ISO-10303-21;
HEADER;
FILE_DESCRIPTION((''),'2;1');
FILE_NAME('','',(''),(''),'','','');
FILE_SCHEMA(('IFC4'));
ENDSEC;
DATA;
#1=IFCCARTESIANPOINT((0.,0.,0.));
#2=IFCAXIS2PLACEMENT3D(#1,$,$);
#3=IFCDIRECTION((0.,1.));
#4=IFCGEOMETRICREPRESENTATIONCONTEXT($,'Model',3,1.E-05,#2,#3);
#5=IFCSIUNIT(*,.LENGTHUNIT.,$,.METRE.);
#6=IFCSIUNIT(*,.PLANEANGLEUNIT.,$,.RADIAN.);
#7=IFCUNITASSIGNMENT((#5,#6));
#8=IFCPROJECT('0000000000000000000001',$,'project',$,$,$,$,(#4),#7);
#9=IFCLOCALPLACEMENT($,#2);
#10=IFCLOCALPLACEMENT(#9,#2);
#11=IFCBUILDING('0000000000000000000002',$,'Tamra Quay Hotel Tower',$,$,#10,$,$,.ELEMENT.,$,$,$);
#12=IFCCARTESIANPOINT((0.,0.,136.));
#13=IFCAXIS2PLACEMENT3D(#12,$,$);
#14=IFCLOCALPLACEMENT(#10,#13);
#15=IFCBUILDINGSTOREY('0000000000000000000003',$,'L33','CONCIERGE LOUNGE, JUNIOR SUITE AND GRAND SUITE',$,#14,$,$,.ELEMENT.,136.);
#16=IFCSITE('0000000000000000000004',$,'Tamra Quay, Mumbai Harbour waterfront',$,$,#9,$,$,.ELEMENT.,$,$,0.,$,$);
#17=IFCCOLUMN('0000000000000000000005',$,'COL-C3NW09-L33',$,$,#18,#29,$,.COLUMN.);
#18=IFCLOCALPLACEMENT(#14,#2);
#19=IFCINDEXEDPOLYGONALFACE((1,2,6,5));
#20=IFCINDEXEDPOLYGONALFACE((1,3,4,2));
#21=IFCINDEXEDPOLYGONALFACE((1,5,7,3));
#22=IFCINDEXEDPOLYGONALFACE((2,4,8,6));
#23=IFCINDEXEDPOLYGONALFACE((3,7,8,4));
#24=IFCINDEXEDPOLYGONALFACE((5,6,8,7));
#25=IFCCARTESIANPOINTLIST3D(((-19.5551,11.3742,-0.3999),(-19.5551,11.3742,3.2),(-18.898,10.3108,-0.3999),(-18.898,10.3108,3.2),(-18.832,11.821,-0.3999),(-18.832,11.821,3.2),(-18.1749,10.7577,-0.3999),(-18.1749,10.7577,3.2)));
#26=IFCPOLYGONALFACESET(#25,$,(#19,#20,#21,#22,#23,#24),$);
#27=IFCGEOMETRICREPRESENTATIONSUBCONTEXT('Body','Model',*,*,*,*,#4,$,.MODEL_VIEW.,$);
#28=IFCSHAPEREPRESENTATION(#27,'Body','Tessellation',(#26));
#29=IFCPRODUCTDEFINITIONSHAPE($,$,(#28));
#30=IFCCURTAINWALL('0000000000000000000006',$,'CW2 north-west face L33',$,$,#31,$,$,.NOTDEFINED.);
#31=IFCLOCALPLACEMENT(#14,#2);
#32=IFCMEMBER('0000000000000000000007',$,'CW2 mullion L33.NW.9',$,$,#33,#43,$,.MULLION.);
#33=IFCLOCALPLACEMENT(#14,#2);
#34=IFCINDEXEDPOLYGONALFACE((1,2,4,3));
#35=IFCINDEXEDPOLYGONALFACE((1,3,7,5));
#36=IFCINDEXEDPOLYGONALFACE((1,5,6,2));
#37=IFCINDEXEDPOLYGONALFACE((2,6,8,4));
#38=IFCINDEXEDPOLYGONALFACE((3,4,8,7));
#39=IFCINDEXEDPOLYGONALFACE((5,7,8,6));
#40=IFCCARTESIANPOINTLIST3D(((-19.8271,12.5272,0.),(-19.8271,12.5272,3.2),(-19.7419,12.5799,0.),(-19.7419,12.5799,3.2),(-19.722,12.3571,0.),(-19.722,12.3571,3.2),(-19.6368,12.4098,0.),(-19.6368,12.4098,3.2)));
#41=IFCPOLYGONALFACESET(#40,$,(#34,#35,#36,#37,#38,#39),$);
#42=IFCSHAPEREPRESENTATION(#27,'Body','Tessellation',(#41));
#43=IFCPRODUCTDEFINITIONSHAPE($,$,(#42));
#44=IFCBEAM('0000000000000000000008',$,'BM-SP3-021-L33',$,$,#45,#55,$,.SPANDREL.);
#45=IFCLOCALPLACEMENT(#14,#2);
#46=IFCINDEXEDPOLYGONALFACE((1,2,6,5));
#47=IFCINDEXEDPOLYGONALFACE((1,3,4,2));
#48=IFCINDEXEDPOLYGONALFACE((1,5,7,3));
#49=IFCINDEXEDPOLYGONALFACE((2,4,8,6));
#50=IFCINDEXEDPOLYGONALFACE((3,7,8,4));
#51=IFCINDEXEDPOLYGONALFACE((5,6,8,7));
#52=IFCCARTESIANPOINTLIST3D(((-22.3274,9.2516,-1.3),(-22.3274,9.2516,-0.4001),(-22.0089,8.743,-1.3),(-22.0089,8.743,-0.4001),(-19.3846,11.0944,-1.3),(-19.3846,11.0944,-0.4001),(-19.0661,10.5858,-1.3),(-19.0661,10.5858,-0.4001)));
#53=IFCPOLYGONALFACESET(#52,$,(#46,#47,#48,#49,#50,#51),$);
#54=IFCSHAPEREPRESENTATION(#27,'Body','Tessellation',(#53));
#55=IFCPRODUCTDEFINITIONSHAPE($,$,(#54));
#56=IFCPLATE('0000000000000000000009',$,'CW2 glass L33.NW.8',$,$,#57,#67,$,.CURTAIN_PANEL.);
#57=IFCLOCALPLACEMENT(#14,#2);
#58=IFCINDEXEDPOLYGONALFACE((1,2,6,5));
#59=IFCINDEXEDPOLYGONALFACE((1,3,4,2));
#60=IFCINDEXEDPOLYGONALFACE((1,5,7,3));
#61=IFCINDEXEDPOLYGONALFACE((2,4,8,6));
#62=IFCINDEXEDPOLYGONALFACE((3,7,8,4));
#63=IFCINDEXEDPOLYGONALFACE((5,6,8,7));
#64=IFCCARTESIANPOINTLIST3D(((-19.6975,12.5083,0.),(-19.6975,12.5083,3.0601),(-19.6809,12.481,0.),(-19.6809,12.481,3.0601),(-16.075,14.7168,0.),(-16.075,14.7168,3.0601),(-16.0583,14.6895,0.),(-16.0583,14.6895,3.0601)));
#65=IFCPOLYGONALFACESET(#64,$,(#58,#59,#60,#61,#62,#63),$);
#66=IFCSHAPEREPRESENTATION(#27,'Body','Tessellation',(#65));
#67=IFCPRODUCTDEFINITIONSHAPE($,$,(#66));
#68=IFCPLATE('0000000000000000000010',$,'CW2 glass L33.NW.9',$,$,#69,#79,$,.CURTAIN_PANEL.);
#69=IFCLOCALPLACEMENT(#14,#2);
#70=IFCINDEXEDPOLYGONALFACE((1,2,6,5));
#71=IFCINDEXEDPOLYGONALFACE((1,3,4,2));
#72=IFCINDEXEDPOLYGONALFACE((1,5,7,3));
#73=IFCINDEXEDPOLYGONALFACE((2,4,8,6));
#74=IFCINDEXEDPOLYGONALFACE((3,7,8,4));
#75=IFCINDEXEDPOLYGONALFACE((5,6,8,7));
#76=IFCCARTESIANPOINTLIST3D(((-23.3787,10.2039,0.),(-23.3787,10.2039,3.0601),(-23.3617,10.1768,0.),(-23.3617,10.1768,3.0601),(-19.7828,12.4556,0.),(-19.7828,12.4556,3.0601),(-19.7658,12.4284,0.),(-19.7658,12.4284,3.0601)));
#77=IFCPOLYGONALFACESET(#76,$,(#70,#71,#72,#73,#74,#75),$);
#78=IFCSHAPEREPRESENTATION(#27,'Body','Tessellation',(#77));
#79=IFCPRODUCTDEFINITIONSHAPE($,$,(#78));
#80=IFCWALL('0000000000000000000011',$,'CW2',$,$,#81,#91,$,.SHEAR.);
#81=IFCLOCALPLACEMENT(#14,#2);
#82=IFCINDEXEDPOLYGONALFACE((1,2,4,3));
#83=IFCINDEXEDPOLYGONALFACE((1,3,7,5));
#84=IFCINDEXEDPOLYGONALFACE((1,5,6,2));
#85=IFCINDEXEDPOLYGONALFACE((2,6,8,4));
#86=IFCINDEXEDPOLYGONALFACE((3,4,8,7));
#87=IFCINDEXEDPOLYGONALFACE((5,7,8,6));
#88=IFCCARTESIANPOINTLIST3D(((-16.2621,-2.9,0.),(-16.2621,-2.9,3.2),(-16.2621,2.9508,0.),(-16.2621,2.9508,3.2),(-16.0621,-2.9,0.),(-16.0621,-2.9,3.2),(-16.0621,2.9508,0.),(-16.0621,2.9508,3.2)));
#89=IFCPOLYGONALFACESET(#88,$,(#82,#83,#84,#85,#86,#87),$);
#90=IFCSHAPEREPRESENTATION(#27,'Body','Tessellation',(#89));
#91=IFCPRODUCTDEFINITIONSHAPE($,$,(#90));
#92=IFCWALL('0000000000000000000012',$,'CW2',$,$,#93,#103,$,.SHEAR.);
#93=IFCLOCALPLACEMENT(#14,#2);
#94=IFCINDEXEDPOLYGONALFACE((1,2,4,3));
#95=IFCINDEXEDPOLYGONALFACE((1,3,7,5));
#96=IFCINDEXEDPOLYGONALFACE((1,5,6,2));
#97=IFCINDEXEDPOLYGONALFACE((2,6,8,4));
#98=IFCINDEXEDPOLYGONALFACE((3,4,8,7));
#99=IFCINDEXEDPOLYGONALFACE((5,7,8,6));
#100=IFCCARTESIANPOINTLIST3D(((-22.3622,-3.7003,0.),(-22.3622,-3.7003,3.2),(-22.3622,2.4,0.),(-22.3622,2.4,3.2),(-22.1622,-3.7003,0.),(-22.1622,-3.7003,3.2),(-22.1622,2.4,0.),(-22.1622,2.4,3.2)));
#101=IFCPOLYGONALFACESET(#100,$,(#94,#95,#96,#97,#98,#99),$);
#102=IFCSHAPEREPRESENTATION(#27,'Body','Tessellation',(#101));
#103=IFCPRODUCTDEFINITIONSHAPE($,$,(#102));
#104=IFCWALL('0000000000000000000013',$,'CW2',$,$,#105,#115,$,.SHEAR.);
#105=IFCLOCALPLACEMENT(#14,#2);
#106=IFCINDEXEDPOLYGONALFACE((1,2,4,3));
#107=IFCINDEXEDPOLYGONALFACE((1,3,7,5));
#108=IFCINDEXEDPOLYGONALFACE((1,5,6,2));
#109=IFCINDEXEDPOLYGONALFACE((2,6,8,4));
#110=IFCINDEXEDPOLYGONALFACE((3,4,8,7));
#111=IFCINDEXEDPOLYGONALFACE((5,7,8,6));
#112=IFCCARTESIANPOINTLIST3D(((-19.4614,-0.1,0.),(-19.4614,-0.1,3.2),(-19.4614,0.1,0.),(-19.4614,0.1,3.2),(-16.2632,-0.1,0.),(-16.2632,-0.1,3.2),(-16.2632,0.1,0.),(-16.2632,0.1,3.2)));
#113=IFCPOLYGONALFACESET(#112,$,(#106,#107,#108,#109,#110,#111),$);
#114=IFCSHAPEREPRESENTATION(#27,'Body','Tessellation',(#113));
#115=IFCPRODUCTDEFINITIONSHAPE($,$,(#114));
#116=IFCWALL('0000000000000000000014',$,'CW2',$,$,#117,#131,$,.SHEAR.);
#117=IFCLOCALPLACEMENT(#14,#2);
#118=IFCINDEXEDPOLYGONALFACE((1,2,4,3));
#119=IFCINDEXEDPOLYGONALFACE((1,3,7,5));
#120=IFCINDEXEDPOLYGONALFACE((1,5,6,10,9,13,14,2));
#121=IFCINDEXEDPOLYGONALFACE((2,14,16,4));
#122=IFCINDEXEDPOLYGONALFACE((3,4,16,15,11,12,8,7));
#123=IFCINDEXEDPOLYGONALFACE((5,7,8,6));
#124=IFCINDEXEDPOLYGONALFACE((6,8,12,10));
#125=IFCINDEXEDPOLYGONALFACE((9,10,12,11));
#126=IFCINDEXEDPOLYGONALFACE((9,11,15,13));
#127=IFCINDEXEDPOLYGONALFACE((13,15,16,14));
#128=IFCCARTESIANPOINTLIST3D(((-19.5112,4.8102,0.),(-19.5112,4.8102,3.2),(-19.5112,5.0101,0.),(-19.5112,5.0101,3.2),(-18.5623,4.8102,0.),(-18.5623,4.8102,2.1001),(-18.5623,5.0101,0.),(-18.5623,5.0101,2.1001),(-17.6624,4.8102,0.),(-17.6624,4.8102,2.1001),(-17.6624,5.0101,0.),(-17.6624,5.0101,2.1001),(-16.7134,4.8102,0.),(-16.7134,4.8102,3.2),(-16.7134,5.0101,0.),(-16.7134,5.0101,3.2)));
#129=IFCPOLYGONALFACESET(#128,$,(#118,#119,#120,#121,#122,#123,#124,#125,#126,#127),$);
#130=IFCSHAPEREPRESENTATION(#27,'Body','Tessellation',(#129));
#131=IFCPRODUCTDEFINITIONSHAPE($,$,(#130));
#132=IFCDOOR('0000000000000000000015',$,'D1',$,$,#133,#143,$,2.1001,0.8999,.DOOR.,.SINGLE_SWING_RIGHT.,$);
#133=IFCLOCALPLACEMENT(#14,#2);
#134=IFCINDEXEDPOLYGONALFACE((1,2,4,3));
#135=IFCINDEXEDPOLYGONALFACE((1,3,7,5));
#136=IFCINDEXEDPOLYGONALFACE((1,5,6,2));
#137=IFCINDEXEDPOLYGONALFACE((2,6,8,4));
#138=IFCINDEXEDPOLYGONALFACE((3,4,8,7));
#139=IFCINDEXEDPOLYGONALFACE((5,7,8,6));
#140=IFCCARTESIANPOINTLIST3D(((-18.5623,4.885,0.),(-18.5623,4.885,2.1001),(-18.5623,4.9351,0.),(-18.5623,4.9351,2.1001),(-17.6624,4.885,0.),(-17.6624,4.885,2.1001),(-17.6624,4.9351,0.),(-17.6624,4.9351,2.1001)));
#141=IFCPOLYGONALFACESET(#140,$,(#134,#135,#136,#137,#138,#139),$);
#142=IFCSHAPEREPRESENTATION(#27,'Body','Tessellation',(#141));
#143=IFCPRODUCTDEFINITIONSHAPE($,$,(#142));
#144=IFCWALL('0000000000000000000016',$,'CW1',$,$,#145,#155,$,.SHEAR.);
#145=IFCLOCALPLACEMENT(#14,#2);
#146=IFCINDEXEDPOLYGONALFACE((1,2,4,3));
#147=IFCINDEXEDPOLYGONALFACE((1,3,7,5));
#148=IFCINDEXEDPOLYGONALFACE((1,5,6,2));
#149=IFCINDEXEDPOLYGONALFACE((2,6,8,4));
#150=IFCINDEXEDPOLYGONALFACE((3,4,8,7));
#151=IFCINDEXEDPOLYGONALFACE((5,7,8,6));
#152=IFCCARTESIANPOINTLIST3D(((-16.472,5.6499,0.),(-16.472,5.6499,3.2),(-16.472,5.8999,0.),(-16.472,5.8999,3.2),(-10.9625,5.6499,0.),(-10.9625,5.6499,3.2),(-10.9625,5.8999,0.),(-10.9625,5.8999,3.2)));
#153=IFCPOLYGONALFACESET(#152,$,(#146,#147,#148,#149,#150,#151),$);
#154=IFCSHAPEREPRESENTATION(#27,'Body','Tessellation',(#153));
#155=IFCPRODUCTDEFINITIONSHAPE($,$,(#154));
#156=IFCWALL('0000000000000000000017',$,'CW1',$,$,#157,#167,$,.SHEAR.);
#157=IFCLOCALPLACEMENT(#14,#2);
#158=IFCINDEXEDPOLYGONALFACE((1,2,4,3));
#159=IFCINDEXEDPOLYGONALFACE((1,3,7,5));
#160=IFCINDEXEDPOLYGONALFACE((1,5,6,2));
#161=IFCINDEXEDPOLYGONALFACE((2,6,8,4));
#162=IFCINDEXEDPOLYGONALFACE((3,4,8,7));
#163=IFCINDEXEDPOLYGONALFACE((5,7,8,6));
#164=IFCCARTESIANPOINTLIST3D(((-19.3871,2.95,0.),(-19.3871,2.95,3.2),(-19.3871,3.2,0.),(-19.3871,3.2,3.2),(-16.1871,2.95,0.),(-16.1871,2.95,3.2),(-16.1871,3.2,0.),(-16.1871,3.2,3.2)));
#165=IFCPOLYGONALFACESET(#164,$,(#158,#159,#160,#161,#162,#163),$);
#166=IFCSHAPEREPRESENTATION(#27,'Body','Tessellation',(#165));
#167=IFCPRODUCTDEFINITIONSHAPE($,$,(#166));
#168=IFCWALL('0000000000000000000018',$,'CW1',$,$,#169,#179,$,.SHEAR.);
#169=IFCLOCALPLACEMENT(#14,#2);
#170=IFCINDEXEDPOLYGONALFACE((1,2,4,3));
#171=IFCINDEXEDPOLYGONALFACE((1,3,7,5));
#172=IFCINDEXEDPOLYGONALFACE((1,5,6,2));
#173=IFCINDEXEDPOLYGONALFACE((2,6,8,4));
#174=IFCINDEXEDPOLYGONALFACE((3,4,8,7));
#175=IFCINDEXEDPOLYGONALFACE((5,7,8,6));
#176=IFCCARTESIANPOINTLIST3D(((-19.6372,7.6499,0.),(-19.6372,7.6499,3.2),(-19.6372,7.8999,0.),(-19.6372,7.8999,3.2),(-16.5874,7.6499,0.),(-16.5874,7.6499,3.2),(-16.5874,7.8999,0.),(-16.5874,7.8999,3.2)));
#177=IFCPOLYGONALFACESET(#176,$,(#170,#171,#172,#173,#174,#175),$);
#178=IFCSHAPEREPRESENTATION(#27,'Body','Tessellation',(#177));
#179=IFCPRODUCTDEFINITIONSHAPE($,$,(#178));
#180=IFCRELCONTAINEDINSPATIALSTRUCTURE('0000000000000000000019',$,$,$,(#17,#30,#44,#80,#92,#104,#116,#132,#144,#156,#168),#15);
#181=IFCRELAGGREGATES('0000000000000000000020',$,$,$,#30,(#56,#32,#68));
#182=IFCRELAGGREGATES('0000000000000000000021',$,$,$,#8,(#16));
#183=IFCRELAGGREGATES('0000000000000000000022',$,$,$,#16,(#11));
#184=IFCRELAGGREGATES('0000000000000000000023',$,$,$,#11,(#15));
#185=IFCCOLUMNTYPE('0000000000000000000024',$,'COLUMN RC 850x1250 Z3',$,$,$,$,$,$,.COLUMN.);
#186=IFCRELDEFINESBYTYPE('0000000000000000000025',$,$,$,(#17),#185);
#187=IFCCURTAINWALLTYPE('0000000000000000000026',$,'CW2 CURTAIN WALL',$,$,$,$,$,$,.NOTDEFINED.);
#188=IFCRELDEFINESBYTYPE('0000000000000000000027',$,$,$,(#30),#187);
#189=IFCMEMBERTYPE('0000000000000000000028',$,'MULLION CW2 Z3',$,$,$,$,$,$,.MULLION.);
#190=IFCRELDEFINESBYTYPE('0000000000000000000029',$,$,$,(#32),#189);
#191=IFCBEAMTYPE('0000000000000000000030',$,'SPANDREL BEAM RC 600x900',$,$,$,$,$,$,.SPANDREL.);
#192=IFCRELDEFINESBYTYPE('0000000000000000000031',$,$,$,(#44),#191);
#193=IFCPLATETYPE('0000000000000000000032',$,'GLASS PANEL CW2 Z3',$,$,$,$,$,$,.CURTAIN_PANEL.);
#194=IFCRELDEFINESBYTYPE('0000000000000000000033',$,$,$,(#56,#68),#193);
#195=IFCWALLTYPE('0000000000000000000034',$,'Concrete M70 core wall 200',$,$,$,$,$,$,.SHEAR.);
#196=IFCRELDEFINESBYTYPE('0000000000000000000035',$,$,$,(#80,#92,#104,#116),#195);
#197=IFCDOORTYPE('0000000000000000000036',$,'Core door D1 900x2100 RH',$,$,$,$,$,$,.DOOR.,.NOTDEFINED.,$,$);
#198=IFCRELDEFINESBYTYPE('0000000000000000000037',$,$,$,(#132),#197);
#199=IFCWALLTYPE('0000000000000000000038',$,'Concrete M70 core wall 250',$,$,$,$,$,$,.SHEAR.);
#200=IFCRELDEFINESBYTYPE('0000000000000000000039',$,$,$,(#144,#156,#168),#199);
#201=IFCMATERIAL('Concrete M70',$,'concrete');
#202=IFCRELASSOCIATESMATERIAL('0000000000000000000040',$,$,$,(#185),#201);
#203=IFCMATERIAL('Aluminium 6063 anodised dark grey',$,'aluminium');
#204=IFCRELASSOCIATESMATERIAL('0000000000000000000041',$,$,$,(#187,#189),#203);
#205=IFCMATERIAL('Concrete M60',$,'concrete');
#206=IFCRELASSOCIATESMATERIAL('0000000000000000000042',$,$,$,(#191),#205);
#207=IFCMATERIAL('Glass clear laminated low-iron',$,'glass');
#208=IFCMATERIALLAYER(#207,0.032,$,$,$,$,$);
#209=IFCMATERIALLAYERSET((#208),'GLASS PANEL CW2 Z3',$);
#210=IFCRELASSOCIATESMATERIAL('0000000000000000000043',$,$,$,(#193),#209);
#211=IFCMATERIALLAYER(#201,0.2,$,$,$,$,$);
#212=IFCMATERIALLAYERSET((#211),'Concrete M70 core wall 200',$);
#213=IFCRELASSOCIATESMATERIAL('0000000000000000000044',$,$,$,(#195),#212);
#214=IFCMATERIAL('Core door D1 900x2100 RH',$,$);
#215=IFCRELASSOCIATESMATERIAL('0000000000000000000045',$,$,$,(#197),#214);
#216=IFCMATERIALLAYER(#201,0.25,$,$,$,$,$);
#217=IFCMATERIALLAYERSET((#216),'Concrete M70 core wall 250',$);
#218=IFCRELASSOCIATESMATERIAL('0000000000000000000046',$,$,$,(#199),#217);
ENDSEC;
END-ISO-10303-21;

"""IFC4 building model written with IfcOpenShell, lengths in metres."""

from ifc_helpers import new_model, si_unit, direction, frame, frame_2d, origin, origin_2d, place, context, subcontext, project, spatial, rectangle, extrude, material, layer, layer_set, material_profile, profile_set, type_object, element, fill, aggregate, save


model = new_model("IFC4")

# Units and contexts
model_context = context("Model", 3, precision=1e-05, world=origin(), true_north=direction((0.0, 1.0)))
body_context = subcontext(model_context, "Body", "Model", "MODEL_VIEW")
ifc_project = project(units=[si_unit("LENGTHUNIT", "METRE"), si_unit("PLANEANGLEUNIT", "RADIAN")], contexts=[model_context])

# Site, building, storey
site_placement = place(None, origin())
site = spatial("IfcSite", under=ifc_project, at=site_placement, Name="Tamra Quay, Mumbai Harbour waterfront", CompositionType="ELEMENT", RefElevation=0.0)
building_placement = place(site_placement, origin())
building = spatial("IfcBuilding", under=site, at=building_placement, Name="Tamra Quay Hotel Tower", CompositionType="ELEMENT")
storey_placement = place(building_placement, frame((0.0, 0.0, 136.0)))
storey = spatial("IfcBuildingStorey", under=building, at=storey_placement, Name="L33", Description="CONCIERGE LOUNGE, JUNIOR SUITE AND GRAND SUITE", CompositionType="ELEMENT", Elevation=136.0)

# Column
ifc_material_1 = material(Name="Concrete M70", Category="concrete")
ifc_material_profile_1 = material_profile(ifc_material_1, rectangle(XDim=1.25, YDim=0.8501, at=origin_2d()), Name="COLUMN RC 850x1250 Z3")
ifc_profile_set_1 = profile_set([ifc_material_profile_1], Name="Concrete M70")
column_type = type_object("IfcColumnType", Name="COLUMN RC 850x1250 Z3", PredefinedType="COLUMN", material=ifc_profile_set_1)
column_placement = place(storey_placement, frame((-18.865, 11.0659, -0.3999), z_axis=(0.0, 0.0, 1.0), x_axis=(-0.525677, 0.850685, 0.0)))
element("IfcColumn", 1, at=column_placement, inside=storey, type_object=column_type, Name="COL-C3NW09-L33", PredefinedType="COLUMN", context=body_context, shape_type="SweptSolid", body=[
    extrude(rectangle(XDim=1.25, YDim=0.8501, at=origin_2d()), origin(), (0.0, 0.0, 1.0), 3.5999),
])

# Curtain wall, member
ifc_material_2 = material(Name="Aluminium 6063 anodised dark grey", Category="aluminium")
curtain_wall_type = type_object("IfcCurtainWallType", Name="CW2 CURTAIN WALL", PredefinedType="NOTDEFINED", material=ifc_material_2)
curtain_wall_placement = place(storey_placement, origin())
curtain_wall = element("IfcCurtainWall", 2, at=curtain_wall_placement, inside=storey, type_object=curtain_wall_type, Name="CW2 north-west face L33", PredefinedType="NOTDEFINED")
ifc_material_profile_2 = material_profile(ifc_material_2, rectangle(XDim=0.2, YDim=0.1001, at=origin_2d()), Name="MULLION 100X200")
ifc_profile_set_2 = profile_set([ifc_material_profile_2], Name="Aluminium 6063 anodised dark grey")
member_type = type_object("IfcMemberType", Name="MULLION CW2 Z3", PredefinedType="MULLION", material=ifc_profile_set_2)
member_placement = place(storey_placement, frame((-19.7319, 12.4685, 0.0), z_axis=(0.0, 0.0, 1.0), x_axis=(-0.525646, 0.850703, 0.0)))
member = element("IfcMember", 3, at=member_placement, type_object=member_type, Name="CW2 mullion L33.NW.9", PredefinedType="MULLION", context=body_context, shape_type="SweptSolid", body=[
    extrude(rectangle(XDim=0.2, YDim=0.1001, at=origin_2d()), origin(), (0.0, 0.0, 1.0), 3.2),
])

# Beam
ifc_material_3 = material(Name="Concrete M60", Category="concrete")
ifc_material_profile_3 = material_profile(ifc_material_3, rectangle(XDim=0.6001, YDim=0.8999, at=origin_2d()), Name="SPANDREL BEAM RC 600x900")
ifc_profile_set_3 = profile_set([ifc_material_profile_3], Name="Concrete M60")
beam_type = type_object("IfcBeamType", Name="SPANDREL BEAM RC 600x900", PredefinedType="SPANDREL", material=ifc_profile_set_3)
beam_placement = place(storey_placement, frame((-19.2253, 10.8401, -0.8501), z_axis=(-0.847548, -0.530719, 0.0), x_axis=(0.530719, -0.847548, 0.0)))
element("IfcBeam", 4, at=beam_placement, inside=storey, type_object=beam_type, Name="BM-SP3-021-L33", PredefinedType="SPANDREL", context=body_context, shape_type="SweptSolid", body=[
    extrude(rectangle(XDim=0.6001, YDim=0.8999, at=origin_2d()), origin(), (0.0, 0.0, 1.0), 3.4722),
])

# Plates
ifc_material_4 = material(Name="Glass clear laminated low-iron", Category="glass")
ifc_layer_1 = layer(ifc_material_4, 0.032)
ifc_layer_set_1 = layer_set([ifc_layer_1], Name="GLASS PANEL CW2 Z3")
plate_type = type_object("IfcPlateType", Name="GLASS PANEL CW2 Z3", PredefinedType="CURTAIN_PANEL", material=ifc_layer_set_1)
plate_1_placement = place(storey_placement, frame((-17.8779, 13.5989, 0.0), z_axis=(0.0, 0.0, 1.0), x_axis=(-0.85383, -0.520552, 0.0)))
plate_1 = element("IfcPlate", 5, at=plate_1_placement, type_object=plate_type, Name="CW2 glass L33.NW.8", PredefinedType="CURTAIN_PANEL", context=body_context, shape_type="SweptSolid", body=[
    extrude(rectangle(XDim=4.2427, YDim=0.032, at=origin_2d()), origin(), (0.0, 0.0, 1.0), 3.0601),
])
plate_2_placement = place(storey_placement, frame((-21.5723, 11.3162, 0.0), z_axis=(0.0, 0.0, 1.0), x_axis=(-0.847546, -0.530721, 0.0)))
plate_2 = element("IfcPlate", 6, at=plate_2_placement, type_object=plate_type, Name="CW2 glass L33.NW.9", PredefinedType="CURTAIN_PANEL", context=body_context, shape_type="SweptSolid", body=[
    extrude(rectangle(XDim=4.2427, YDim=0.032, at=origin_2d()), origin(), (0.0, 0.0, 1.0), 3.0601),
])
aggregate(curtain_wall, [plate_1, member, plate_2])

# Walls
ifc_layer_2 = layer(ifc_material_1, 0.2)
ifc_layer_set_2 = layer_set([ifc_layer_2], Name="Concrete M70 core wall 200")
wall_type_1 = type_object("IfcWallType", Name="Concrete M70 core wall 200", PredefinedType="SHEAR", material=ifc_layer_set_2)
wall_1_placement = place(storey_placement, frame((-16.1621, 2.9507, 0.0), z_axis=(0.0, 0.0, 1.0), x_axis=(0.0, -1.0, 0.0)))
element("IfcWall", 7, at=wall_1_placement, inside=storey, type_object=wall_type_1, Name="CW2", PredefinedType="SHEAR", context=body_context, shape_type="SweptSolid", body=[
    extrude(rectangle(XDim=5.8508, YDim=0.2, at=frame_2d((2.9253, 0.0))), origin(), (0.0, 0.0, 1.0), 3.2),
])
wall_2_placement = place(storey_placement, frame((-22.2622, 2.4001, 0.0), z_axis=(0.0, 0.0, 1.0), x_axis=(0.0, -1.0, 0.0)))
element("IfcWall", 8, at=wall_2_placement, inside=storey, type_object=wall_type_1, Name="CW2", PredefinedType="SHEAR", context=body_context, shape_type="SweptSolid", body=[
    extrude(rectangle(XDim=6.1003, YDim=0.2, at=frame_2d((3.0503, 0.0))), origin(), (0.0, 0.0, 1.0), 3.2),
])
wall_3_placement = place(storey_placement, frame((-16.2632, 0.0, 0.0), z_axis=(0.0, 0.0, 1.0), x_axis=(-1.0, 0.0, 0.0)))
element("IfcWall", 9, at=wall_3_placement, inside=storey, type_object=wall_type_1, Name="CW2", PredefinedType="SHEAR", context=body_context, shape_type="SweptSolid", body=[
    extrude(rectangle(XDim=3.1982, YDim=0.2, at=frame_2d((1.5991, 0.0))), origin(), (0.0, 0.0, 1.0), 3.2),
])

# Wall, opening, door
wall_4_placement = place(storey_placement, frame((-19.5112, 4.9102, 0.0), z_axis=(0.0, 0.0, 1.0), x_axis=(1.0, 0.0, 0.0)))
wall_4 = element("IfcWall", 10, at=wall_4_placement, inside=storey, type_object=wall_type_1, Name="CW2", PredefinedType="SHEAR", context=body_context, shape_type="SweptSolid", body=[
    extrude(rectangle(XDim=2.7979, YDim=0.2, at=frame_2d((1.3989, 0.0))), origin(), (0.0, 0.0, 1.0), 3.2),
])
opening_1_placement = place(wall_4_placement, frame((0.949, 0.0, 0.0)))
opening_1 = element("IfcOpeningElement", 11, at=opening_1_placement, cuts=wall_4, PredefinedType="OPENING", context=body_context, shape_type="SweptSolid", body=[
    extrude(rectangle(XDim=0.8999, YDim=2.1001, at=frame_2d((0.45, 1.05))), frame((0.0, 0.1099, 0.0), z_axis=(0.0, -1.0, 0.0), x_axis=(1.0, 0.0, 0.0)), (0.0, 0.0, 1.0), 0.22),
])
ifc_material_5 = material(Name="Core door D1 900x2100 RH")
door_type_1 = type_object("IfcDoorType", Name="Core door D1 900x2100 RH", OperationType="NOTDEFINED", PredefinedType="DOOR", material=ifc_material_5)
door_1_placement = place(opening_1_placement, origin())
door_1 = element("IfcDoor", 12, at=door_1_placement, inside=storey, type_object=door_type_1, Name="D1", OperationType="SINGLE_SWING_RIGHT", OverallHeight=2.1001, OverallWidth=0.8999, PredefinedType="DOOR", context=body_context, shape_type="SweptSolid", body=[
    extrude(rectangle(XDim=0.8999, YDim=2.1001, at=frame_2d((0.45, 1.05))), frame((0.0, 0.0249, 0.0), z_axis=(0.0, -1.0, 0.0), x_axis=(1.0, 0.0, 0.0)), (0.0, 0.0, 1.0), 0.05),
])
fill(opening_1, door_1)

# Walls
ifc_layer_3 = layer(ifc_material_1, 0.25)
ifc_layer_set_3 = layer_set([ifc_layer_3], Name="Concrete M70 core wall 250")
wall_type_2 = type_object("IfcWallType", Name="Concrete M70 core wall 250", PredefinedType="SHEAR", material=ifc_layer_set_3)
wall_5_placement = place(storey_placement, frame((-16.4722, 5.7749, 0.0), z_axis=(0.0, 0.0, 1.0), x_axis=(1.0, 0.0, 0.0)))
element("IfcWall", 13, at=wall_5_placement, inside=storey, type_object=wall_type_2, Name="CW1", PredefinedType="SHEAR", context=body_context, shape_type="SweptSolid", body=[
    extrude(rectangle(XDim=5.5095, YDim=0.25, at=frame_2d((2.7549, 0.0))), origin(), (0.0, 0.0, 1.0), 3.2),
])
wall_6_placement = place(storey_placement, frame((-19.3872, 3.075, 0.0), z_axis=(0.0, 0.0, 1.0), x_axis=(1.0, 0.0, 0.0)))
element("IfcWall", 14, at=wall_6_placement, inside=storey, type_object=wall_type_2, Name="CW1", PredefinedType="SHEAR", context=body_context, shape_type="SweptSolid", body=[
    extrude(rectangle(XDim=3.2, YDim=0.25, at=frame_2d((1.6001, 0.0))), origin(), (0.0, 0.0, 1.0), 3.2),
])
wall_7_placement = place(storey_placement, frame((-19.6372, 7.7749, 0.0), z_axis=(0.0, 0.0, 1.0), x_axis=(1.0, 0.0, 0.0)))
element("IfcWall", 15, at=wall_7_placement, inside=storey, type_object=wall_type_2, Name="CW1", PredefinedType="SHEAR", context=body_context, shape_type="SweptSolid", body=[
    extrude(rectangle(XDim=3.0498, YDim=0.25, at=frame_2d((1.5249, 0.0))), origin(), (0.0, 0.0, 1.0), 3.2),
])

save(model, "model.ifc")
